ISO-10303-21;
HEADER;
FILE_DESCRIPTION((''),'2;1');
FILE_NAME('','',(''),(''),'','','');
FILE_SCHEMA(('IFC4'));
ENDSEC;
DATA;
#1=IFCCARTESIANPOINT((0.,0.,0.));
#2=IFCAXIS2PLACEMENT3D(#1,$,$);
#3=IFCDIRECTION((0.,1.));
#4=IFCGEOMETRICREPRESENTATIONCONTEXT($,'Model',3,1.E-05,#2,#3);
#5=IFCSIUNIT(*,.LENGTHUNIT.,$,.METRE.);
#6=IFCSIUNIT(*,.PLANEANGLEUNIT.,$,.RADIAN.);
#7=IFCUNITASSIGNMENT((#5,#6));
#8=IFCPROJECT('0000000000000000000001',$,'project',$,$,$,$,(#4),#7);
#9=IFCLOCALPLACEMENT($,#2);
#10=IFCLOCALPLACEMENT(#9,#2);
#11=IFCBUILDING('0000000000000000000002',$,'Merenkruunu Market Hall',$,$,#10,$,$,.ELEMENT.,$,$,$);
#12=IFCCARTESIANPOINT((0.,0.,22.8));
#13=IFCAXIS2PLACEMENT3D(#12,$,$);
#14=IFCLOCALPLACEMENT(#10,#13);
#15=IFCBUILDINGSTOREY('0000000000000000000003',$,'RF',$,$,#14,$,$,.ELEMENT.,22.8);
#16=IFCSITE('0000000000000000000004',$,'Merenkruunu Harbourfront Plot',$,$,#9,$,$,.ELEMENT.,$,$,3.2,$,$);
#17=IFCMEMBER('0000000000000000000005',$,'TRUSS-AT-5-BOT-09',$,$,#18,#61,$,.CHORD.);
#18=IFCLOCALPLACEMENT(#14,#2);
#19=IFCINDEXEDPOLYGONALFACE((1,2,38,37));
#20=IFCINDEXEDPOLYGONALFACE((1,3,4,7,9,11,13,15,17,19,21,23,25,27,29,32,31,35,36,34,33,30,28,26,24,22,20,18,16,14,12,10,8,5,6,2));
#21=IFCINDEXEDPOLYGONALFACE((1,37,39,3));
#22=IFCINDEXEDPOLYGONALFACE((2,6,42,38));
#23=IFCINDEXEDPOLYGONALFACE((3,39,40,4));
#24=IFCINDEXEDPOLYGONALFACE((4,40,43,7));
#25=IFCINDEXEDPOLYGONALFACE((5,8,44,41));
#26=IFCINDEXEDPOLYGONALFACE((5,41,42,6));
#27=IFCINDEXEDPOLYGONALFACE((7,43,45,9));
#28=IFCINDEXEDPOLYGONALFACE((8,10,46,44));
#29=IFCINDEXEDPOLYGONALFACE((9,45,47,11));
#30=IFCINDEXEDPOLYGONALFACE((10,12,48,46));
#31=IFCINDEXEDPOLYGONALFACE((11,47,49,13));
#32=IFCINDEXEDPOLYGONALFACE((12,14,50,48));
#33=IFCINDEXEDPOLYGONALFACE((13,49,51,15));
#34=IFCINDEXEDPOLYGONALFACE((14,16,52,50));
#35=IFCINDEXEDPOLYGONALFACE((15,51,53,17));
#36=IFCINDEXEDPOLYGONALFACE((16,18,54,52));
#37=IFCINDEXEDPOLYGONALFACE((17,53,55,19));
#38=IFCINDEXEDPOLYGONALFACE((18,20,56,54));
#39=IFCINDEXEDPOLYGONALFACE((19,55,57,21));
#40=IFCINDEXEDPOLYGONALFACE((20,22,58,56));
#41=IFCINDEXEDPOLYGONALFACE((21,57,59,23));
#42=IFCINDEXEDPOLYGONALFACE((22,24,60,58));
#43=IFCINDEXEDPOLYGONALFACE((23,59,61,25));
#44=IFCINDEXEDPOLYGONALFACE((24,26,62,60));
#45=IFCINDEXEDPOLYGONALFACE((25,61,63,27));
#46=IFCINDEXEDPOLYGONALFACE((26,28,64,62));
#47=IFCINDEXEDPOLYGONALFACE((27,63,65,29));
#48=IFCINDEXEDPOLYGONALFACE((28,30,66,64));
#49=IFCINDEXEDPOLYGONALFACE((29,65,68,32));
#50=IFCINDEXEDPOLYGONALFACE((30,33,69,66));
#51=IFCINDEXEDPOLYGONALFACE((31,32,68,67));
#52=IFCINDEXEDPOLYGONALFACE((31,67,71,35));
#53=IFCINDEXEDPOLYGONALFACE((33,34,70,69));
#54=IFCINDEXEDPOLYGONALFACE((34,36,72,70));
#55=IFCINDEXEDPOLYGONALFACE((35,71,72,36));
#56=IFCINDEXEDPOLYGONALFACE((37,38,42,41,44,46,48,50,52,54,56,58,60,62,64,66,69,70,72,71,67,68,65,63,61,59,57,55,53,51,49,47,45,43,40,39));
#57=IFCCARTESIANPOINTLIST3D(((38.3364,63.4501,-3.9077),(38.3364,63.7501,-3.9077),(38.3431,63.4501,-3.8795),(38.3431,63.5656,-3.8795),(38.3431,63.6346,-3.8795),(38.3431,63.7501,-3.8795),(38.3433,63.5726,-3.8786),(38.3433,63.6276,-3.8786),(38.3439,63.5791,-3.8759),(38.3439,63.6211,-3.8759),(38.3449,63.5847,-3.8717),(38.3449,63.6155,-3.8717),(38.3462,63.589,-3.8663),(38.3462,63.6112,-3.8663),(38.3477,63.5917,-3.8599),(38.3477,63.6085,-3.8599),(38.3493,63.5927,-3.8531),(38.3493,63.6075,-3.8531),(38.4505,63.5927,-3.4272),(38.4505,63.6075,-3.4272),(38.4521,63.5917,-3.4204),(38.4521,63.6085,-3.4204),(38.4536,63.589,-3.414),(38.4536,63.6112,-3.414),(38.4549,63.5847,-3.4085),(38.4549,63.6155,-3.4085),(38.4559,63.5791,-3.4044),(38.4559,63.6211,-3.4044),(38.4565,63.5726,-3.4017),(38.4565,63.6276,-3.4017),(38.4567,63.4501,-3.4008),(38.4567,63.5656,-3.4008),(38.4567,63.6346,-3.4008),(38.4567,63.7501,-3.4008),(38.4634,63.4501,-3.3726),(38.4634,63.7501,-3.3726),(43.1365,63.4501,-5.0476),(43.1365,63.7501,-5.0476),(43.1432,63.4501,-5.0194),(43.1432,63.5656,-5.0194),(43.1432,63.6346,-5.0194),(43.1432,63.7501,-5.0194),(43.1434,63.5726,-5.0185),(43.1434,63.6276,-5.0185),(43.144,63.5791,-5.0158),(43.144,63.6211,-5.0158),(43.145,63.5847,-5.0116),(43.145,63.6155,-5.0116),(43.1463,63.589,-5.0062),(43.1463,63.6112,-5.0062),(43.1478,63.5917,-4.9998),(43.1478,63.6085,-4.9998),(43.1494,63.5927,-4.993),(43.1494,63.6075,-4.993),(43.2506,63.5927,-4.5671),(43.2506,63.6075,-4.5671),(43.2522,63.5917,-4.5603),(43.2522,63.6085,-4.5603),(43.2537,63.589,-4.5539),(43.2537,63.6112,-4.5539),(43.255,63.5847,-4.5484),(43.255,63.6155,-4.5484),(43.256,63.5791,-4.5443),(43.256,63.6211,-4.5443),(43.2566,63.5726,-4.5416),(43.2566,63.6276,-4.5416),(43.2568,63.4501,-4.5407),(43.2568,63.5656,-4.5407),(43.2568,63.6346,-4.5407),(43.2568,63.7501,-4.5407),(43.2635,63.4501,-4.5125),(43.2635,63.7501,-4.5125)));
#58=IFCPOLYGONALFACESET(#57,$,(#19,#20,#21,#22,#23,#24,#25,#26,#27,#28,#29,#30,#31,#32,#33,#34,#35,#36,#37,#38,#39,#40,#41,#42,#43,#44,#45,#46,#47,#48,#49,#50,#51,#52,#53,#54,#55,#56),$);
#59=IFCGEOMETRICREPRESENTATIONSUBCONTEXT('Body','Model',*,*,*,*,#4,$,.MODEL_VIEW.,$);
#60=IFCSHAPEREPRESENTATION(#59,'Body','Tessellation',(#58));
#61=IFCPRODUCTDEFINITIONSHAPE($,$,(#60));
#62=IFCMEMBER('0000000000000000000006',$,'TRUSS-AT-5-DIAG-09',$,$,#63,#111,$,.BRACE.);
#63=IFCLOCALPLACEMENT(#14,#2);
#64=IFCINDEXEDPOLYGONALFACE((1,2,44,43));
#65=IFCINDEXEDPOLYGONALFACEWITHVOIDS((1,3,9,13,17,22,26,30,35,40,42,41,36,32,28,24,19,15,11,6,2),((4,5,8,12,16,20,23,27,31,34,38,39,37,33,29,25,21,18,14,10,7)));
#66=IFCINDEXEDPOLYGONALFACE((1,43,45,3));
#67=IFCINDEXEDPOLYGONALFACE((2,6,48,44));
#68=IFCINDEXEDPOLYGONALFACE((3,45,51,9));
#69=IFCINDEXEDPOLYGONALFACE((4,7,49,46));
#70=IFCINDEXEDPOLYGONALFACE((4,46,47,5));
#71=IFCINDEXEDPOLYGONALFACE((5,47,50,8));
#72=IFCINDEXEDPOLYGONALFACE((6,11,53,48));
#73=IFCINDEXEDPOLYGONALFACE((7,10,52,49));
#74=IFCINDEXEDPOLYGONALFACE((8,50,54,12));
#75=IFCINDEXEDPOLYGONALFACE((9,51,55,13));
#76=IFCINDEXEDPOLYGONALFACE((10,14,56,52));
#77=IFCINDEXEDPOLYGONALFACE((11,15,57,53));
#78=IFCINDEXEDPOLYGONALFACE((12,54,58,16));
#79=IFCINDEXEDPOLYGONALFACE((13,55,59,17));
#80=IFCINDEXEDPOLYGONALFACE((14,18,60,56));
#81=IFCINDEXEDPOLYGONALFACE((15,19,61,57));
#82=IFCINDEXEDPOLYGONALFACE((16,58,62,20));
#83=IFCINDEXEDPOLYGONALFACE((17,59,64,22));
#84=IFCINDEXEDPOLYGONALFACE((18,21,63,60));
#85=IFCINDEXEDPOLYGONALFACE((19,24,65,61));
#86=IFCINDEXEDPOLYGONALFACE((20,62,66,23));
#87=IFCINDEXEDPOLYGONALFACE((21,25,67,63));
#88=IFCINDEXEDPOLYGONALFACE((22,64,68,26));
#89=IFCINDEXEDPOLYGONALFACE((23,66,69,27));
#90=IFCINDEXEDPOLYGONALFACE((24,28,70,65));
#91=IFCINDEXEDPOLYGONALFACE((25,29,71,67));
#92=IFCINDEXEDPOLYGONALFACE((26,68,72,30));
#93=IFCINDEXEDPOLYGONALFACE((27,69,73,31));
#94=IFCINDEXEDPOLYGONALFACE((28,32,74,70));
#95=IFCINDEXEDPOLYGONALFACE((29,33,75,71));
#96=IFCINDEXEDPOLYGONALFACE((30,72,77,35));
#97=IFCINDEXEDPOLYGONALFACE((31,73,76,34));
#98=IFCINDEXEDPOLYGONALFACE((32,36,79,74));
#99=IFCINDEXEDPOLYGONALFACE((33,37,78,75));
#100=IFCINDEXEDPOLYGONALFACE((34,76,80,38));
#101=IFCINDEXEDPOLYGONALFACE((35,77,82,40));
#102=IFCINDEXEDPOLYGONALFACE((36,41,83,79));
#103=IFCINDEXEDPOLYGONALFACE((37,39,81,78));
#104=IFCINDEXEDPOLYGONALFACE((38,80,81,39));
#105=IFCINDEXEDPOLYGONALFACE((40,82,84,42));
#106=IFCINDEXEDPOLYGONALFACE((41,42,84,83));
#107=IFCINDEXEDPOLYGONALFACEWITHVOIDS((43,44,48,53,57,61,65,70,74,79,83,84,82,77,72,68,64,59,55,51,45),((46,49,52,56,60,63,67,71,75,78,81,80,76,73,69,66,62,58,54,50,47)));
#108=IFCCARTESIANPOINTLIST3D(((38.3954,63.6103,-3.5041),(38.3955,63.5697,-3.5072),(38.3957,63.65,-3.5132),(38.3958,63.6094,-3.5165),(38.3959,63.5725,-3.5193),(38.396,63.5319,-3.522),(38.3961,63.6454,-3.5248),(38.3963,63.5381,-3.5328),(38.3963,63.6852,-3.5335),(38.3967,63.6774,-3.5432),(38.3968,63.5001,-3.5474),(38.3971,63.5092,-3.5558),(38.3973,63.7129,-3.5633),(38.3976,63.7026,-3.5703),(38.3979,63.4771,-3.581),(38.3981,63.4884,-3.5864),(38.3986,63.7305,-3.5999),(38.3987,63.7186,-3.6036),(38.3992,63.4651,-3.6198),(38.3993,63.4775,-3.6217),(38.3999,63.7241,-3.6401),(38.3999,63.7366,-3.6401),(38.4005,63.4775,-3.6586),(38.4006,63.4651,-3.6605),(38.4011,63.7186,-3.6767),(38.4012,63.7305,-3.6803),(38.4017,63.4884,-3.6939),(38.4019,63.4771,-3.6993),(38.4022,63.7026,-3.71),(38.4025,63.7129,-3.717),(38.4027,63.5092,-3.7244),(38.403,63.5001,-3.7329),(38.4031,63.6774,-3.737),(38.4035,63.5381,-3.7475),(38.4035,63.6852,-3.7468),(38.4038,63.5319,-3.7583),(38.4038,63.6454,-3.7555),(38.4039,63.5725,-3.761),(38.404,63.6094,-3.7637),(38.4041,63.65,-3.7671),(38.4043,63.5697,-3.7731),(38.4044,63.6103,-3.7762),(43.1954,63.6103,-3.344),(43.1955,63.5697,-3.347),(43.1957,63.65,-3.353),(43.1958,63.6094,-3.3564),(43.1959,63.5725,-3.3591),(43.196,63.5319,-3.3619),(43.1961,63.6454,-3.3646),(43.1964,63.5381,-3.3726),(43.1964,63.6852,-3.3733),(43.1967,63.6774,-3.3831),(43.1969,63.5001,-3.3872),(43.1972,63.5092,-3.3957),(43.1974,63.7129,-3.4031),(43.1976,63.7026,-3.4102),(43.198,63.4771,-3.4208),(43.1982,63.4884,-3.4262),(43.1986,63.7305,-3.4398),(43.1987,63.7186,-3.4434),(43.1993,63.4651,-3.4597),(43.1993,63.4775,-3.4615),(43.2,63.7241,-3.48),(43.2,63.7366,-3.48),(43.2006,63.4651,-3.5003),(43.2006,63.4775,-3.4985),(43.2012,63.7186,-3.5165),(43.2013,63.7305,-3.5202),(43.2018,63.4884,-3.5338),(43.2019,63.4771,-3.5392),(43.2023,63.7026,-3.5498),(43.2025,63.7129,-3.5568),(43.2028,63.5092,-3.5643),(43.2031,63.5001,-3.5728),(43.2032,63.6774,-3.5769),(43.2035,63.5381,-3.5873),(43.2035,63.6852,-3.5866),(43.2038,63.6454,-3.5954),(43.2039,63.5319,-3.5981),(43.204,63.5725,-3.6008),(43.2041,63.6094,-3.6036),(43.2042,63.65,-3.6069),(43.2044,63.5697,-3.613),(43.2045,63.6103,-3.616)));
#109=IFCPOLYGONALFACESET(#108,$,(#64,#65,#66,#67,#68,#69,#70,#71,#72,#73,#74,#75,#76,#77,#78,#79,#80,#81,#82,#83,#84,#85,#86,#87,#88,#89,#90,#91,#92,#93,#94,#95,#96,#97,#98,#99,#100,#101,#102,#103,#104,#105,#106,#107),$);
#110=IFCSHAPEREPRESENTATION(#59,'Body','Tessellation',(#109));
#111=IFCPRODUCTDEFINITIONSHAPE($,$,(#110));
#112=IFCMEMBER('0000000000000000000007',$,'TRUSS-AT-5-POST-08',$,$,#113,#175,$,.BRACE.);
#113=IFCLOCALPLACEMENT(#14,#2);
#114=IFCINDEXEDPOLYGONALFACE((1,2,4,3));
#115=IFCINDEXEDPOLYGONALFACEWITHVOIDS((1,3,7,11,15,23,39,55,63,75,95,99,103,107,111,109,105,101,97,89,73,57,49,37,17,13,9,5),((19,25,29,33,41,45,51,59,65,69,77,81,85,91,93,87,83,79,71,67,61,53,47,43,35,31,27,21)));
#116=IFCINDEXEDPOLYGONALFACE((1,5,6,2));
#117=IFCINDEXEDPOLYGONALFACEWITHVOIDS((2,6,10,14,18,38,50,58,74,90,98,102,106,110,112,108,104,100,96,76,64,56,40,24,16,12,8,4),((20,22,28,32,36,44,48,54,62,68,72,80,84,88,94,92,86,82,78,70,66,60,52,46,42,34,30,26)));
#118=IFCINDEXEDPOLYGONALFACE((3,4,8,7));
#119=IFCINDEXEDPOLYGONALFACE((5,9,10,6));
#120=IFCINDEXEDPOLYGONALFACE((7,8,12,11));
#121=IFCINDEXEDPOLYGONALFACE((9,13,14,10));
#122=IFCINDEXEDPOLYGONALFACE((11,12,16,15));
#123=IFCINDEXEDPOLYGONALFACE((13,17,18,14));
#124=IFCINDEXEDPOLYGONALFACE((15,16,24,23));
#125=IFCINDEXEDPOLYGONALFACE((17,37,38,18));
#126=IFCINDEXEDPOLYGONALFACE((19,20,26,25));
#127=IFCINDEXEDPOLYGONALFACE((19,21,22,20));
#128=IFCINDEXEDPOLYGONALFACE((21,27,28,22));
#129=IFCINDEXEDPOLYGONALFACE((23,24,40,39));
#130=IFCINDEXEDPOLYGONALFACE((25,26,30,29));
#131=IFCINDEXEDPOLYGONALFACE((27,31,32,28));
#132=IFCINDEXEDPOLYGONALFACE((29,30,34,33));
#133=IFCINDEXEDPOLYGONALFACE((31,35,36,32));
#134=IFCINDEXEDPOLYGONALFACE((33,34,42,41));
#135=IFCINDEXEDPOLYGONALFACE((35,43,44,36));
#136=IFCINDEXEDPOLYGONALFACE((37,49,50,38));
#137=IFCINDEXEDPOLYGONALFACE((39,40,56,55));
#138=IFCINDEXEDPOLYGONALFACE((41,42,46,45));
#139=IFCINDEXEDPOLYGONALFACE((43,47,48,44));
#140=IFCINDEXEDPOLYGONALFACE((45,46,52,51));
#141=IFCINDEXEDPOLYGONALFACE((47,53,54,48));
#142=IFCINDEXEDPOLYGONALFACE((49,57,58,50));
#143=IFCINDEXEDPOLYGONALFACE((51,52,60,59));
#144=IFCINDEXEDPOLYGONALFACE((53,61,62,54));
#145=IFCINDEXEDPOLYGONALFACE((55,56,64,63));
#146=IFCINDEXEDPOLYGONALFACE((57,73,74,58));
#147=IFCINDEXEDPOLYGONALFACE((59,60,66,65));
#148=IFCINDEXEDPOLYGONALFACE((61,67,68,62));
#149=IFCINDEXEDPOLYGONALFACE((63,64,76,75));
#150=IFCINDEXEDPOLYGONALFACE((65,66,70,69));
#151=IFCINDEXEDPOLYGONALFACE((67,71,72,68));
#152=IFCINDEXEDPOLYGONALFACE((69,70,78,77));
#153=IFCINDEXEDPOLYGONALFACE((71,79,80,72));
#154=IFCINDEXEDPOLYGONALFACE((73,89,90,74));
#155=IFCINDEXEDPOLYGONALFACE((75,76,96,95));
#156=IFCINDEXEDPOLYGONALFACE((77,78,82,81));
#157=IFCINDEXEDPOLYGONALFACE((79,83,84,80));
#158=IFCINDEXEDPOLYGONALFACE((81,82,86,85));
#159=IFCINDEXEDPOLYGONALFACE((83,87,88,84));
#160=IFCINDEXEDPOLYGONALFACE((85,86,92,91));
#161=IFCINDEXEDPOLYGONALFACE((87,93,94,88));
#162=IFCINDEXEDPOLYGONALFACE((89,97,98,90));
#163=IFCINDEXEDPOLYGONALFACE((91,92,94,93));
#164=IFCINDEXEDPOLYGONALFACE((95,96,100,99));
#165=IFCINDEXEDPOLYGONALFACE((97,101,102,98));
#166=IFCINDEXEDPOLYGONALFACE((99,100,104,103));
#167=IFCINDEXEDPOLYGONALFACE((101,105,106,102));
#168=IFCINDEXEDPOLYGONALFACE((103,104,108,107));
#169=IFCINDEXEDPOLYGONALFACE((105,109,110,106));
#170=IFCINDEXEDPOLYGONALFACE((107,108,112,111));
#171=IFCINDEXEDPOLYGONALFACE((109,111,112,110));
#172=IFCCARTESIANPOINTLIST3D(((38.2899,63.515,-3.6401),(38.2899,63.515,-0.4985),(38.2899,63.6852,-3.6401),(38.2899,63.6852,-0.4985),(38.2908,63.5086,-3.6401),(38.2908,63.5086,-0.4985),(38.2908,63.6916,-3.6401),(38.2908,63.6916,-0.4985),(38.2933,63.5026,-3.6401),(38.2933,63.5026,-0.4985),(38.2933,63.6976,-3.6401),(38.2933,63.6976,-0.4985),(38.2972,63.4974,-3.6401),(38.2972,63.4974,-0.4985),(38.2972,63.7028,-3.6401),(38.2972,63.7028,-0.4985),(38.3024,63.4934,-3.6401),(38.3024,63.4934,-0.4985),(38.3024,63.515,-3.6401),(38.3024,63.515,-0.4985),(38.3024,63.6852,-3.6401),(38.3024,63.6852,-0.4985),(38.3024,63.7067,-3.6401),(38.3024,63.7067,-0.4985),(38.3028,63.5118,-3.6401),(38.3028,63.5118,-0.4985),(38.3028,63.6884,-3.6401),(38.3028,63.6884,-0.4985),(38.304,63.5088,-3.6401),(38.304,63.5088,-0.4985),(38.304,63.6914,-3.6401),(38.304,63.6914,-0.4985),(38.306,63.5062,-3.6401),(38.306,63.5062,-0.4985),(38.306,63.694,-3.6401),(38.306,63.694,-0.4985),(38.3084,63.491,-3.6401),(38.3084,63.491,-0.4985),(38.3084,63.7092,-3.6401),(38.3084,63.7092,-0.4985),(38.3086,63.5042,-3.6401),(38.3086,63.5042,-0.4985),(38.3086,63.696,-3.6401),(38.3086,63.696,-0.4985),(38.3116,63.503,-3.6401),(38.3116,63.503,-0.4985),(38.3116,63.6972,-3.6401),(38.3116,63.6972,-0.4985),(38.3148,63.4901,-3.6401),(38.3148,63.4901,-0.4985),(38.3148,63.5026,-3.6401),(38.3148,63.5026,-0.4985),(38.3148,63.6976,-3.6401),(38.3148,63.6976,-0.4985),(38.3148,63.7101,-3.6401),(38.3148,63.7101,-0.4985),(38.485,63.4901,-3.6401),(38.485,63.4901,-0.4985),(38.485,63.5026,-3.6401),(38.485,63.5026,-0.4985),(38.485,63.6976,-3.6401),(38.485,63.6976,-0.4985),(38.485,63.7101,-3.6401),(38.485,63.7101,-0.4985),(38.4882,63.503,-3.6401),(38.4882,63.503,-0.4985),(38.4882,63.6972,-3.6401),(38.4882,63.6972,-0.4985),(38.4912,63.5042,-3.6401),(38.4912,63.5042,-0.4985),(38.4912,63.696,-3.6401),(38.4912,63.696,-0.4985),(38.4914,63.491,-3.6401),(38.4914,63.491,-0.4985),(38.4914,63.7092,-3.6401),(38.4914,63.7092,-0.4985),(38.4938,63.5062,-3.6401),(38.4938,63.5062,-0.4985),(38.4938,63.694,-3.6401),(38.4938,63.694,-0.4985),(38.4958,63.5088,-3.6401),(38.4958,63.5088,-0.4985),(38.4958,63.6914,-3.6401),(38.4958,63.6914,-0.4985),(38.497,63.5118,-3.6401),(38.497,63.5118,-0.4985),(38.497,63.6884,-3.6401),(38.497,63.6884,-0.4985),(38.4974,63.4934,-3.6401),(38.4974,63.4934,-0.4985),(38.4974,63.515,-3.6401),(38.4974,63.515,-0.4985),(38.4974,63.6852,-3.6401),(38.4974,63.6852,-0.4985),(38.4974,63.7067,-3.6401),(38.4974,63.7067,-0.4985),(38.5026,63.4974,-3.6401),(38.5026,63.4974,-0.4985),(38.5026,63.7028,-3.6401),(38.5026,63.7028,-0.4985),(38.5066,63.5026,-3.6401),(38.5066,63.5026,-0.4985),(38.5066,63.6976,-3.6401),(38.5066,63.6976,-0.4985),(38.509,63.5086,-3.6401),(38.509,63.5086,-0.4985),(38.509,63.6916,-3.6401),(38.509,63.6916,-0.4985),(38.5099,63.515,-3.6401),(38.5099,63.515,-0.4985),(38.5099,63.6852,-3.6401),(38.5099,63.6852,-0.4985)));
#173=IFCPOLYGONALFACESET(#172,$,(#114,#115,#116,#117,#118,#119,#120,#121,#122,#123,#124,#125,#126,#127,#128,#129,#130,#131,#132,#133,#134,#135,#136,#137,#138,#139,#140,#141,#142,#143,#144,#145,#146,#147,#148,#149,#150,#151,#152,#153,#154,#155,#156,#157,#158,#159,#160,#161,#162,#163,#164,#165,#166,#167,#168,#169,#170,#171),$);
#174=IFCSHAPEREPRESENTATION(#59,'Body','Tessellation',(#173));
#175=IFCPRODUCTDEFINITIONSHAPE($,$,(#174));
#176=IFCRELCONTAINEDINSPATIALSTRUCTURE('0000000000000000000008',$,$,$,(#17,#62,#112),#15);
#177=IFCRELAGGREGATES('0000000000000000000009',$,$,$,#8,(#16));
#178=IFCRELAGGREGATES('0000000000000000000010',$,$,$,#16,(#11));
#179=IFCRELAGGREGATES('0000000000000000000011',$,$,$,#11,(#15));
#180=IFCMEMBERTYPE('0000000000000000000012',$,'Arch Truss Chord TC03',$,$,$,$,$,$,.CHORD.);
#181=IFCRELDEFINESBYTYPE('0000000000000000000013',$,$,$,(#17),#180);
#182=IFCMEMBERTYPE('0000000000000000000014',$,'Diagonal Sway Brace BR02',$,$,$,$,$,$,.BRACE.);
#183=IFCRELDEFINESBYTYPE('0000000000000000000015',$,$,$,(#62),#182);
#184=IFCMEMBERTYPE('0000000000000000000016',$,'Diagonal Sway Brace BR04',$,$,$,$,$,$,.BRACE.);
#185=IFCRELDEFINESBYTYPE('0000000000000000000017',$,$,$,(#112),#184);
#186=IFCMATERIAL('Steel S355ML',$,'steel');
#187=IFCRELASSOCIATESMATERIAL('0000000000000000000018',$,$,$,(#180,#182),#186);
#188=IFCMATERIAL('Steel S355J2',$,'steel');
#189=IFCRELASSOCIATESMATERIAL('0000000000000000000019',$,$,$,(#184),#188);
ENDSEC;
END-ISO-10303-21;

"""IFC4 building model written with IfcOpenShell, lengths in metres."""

from ifc_helpers import new_model, si_unit, direction, frame, origin, origin_2d, place, context, subcontext, project, spatial, hollow_rectangle, hollow_circle, i_section, extrude, material, material_profile, profile_set, type_object, element, save


model = new_model("IFC4")

# Units and contexts
model_context = context("Model", 3, precision=1e-05, world=origin(), true_north=direction((0.0, 1.0)))
body_context = subcontext(model_context, "Body", "Model", "MODEL_VIEW")
ifc_project = project(units=[si_unit("LENGTHUNIT", "METRE"), si_unit("PLANEANGLEUNIT", "RADIAN")], contexts=[model_context])

# Site, building, storey
site_placement = place(None, origin())
site = spatial("IfcSite", under=ifc_project, at=site_placement, Name="Merenkruunu Harbourfront Plot", CompositionType="ELEMENT", RefElevation=3.2)
building_placement = place(site_placement, origin())
building = spatial("IfcBuilding", under=site, at=building_placement, Name="Merenkruunu Market Hall", CompositionType="ELEMENT")
storey_placement = place(building_placement, frame((0.0, 0.0, 22.8)))
storey = spatial("IfcBuildingStorey", under=building, at=storey_placement, Name="RF", CompositionType="ELEMENT", Elevation=22.8)

# Members
ifc_material_1 = material(Name="Steel S355ML", Category="steel")
ifc_material_profile_1 = material_profile(ifc_material_1, i_section(OverallWidth=0.3, OverallDepth=0.55, WebThickness=0.0149, FlangeThickness=0.0291, FilletRadius=0.0271, at=origin_2d()), Name="HEB 550")
ifc_profile_set_1 = profile_set([ifc_material_profile_1], Name="Steel S355ML")
member_type_1 = type_object("IfcMemberType", Name="Arch Truss Chord TC03", PredefinedType="CHORD", material=ifc_profile_set_1)
member_1_placement = place(storey_placement, frame((38.3999, 63.6001, -3.6401), z_axis=(0.972942, 0.0, -0.23105), x_axis=(0.0, 1.0, 0.0)))
element("IfcMember", 1, at=member_1_placement, inside=storey, type_object=member_type_1, Name="TRUSS-AT-5-BOT-09", PredefinedType="CHORD", context=body_context, shape_type="SweptSolid", body=[
    extrude(i_section(OverallWidth=0.3, OverallDepth=0.55, WebThickness=0.0149, FlangeThickness=0.0291, FilletRadius=0.0271, at=origin_2d()), origin(), (0.0, 0.0, 1.0), 4.9336),
])
ifc_material_profile_2 = material_profile(ifc_material_1, hollow_circle(Radius=0.1365, WallThickness=0.0125, at=origin_2d()), Name="CHS 273x12.5")
ifc_profile_set_2 = profile_set([ifc_material_profile_2], Name="Steel S355ML")
member_type_2 = type_object("IfcMemberType", Name="Diagonal Sway Brace BR02", PredefinedType="BRACE", material=ifc_profile_set_2)
member_2_placement = place(storey_placement, frame((38.3999, 63.6001, -3.6401), z_axis=(0.999444, 0.0, 0.033347), x_axis=(0.0, 1.0, 0.0)))
element("IfcMember", 2, at=member_2_placement, inside=storey, type_object=member_type_2, Name="TRUSS-AT-5-DIAG-09", PredefinedType="BRACE", context=body_context, shape_type="SweptSolid", body=[
    extrude(hollow_circle(Radius=0.1365, WallThickness=0.0125, at=origin_2d()), origin(), (0.0, 0.0, 1.0), 4.8027),
])
ifc_material_2 = material(Name="Steel S355J2", Category="steel")
ifc_material_profile_3 = material_profile(ifc_material_2, hollow_rectangle(XDim=0.22, YDim=0.22, WallThickness=0.0125, InnerFilletRadius=0.0125, OuterFilletRadius=0.0249, at=origin_2d()), Name="SHS 220x220x12.5")
ifc_profile_set_3 = profile_set([ifc_material_profile_3], Name="Steel S355J2")
member_type_3 = type_object("IfcMemberType", Name="Diagonal Sway Brace BR04", PredefinedType="BRACE", material=ifc_profile_set_3)
member_3_placement = place(storey_placement, frame((38.3999, 63.6001, -3.6401), z_axis=(0.0, 0.0, 1.0), x_axis=(1.0, 0.0, 0.0)))
element("IfcMember", 3, at=member_3_placement, inside=storey, type_object=member_type_3, Name="TRUSS-AT-5-POST-08", PredefinedType="BRACE", context=body_context, shape_type="SweptSolid", body=[
    extrude(hollow_rectangle(XDim=0.22, YDim=0.22, WallThickness=0.0125, InnerFilletRadius=0.0125, OuterFilletRadius=0.0249, at=origin_2d()), origin(), (0.0, 0.0, 1.0), 3.1416),
])

save(model, "model.ifc")
